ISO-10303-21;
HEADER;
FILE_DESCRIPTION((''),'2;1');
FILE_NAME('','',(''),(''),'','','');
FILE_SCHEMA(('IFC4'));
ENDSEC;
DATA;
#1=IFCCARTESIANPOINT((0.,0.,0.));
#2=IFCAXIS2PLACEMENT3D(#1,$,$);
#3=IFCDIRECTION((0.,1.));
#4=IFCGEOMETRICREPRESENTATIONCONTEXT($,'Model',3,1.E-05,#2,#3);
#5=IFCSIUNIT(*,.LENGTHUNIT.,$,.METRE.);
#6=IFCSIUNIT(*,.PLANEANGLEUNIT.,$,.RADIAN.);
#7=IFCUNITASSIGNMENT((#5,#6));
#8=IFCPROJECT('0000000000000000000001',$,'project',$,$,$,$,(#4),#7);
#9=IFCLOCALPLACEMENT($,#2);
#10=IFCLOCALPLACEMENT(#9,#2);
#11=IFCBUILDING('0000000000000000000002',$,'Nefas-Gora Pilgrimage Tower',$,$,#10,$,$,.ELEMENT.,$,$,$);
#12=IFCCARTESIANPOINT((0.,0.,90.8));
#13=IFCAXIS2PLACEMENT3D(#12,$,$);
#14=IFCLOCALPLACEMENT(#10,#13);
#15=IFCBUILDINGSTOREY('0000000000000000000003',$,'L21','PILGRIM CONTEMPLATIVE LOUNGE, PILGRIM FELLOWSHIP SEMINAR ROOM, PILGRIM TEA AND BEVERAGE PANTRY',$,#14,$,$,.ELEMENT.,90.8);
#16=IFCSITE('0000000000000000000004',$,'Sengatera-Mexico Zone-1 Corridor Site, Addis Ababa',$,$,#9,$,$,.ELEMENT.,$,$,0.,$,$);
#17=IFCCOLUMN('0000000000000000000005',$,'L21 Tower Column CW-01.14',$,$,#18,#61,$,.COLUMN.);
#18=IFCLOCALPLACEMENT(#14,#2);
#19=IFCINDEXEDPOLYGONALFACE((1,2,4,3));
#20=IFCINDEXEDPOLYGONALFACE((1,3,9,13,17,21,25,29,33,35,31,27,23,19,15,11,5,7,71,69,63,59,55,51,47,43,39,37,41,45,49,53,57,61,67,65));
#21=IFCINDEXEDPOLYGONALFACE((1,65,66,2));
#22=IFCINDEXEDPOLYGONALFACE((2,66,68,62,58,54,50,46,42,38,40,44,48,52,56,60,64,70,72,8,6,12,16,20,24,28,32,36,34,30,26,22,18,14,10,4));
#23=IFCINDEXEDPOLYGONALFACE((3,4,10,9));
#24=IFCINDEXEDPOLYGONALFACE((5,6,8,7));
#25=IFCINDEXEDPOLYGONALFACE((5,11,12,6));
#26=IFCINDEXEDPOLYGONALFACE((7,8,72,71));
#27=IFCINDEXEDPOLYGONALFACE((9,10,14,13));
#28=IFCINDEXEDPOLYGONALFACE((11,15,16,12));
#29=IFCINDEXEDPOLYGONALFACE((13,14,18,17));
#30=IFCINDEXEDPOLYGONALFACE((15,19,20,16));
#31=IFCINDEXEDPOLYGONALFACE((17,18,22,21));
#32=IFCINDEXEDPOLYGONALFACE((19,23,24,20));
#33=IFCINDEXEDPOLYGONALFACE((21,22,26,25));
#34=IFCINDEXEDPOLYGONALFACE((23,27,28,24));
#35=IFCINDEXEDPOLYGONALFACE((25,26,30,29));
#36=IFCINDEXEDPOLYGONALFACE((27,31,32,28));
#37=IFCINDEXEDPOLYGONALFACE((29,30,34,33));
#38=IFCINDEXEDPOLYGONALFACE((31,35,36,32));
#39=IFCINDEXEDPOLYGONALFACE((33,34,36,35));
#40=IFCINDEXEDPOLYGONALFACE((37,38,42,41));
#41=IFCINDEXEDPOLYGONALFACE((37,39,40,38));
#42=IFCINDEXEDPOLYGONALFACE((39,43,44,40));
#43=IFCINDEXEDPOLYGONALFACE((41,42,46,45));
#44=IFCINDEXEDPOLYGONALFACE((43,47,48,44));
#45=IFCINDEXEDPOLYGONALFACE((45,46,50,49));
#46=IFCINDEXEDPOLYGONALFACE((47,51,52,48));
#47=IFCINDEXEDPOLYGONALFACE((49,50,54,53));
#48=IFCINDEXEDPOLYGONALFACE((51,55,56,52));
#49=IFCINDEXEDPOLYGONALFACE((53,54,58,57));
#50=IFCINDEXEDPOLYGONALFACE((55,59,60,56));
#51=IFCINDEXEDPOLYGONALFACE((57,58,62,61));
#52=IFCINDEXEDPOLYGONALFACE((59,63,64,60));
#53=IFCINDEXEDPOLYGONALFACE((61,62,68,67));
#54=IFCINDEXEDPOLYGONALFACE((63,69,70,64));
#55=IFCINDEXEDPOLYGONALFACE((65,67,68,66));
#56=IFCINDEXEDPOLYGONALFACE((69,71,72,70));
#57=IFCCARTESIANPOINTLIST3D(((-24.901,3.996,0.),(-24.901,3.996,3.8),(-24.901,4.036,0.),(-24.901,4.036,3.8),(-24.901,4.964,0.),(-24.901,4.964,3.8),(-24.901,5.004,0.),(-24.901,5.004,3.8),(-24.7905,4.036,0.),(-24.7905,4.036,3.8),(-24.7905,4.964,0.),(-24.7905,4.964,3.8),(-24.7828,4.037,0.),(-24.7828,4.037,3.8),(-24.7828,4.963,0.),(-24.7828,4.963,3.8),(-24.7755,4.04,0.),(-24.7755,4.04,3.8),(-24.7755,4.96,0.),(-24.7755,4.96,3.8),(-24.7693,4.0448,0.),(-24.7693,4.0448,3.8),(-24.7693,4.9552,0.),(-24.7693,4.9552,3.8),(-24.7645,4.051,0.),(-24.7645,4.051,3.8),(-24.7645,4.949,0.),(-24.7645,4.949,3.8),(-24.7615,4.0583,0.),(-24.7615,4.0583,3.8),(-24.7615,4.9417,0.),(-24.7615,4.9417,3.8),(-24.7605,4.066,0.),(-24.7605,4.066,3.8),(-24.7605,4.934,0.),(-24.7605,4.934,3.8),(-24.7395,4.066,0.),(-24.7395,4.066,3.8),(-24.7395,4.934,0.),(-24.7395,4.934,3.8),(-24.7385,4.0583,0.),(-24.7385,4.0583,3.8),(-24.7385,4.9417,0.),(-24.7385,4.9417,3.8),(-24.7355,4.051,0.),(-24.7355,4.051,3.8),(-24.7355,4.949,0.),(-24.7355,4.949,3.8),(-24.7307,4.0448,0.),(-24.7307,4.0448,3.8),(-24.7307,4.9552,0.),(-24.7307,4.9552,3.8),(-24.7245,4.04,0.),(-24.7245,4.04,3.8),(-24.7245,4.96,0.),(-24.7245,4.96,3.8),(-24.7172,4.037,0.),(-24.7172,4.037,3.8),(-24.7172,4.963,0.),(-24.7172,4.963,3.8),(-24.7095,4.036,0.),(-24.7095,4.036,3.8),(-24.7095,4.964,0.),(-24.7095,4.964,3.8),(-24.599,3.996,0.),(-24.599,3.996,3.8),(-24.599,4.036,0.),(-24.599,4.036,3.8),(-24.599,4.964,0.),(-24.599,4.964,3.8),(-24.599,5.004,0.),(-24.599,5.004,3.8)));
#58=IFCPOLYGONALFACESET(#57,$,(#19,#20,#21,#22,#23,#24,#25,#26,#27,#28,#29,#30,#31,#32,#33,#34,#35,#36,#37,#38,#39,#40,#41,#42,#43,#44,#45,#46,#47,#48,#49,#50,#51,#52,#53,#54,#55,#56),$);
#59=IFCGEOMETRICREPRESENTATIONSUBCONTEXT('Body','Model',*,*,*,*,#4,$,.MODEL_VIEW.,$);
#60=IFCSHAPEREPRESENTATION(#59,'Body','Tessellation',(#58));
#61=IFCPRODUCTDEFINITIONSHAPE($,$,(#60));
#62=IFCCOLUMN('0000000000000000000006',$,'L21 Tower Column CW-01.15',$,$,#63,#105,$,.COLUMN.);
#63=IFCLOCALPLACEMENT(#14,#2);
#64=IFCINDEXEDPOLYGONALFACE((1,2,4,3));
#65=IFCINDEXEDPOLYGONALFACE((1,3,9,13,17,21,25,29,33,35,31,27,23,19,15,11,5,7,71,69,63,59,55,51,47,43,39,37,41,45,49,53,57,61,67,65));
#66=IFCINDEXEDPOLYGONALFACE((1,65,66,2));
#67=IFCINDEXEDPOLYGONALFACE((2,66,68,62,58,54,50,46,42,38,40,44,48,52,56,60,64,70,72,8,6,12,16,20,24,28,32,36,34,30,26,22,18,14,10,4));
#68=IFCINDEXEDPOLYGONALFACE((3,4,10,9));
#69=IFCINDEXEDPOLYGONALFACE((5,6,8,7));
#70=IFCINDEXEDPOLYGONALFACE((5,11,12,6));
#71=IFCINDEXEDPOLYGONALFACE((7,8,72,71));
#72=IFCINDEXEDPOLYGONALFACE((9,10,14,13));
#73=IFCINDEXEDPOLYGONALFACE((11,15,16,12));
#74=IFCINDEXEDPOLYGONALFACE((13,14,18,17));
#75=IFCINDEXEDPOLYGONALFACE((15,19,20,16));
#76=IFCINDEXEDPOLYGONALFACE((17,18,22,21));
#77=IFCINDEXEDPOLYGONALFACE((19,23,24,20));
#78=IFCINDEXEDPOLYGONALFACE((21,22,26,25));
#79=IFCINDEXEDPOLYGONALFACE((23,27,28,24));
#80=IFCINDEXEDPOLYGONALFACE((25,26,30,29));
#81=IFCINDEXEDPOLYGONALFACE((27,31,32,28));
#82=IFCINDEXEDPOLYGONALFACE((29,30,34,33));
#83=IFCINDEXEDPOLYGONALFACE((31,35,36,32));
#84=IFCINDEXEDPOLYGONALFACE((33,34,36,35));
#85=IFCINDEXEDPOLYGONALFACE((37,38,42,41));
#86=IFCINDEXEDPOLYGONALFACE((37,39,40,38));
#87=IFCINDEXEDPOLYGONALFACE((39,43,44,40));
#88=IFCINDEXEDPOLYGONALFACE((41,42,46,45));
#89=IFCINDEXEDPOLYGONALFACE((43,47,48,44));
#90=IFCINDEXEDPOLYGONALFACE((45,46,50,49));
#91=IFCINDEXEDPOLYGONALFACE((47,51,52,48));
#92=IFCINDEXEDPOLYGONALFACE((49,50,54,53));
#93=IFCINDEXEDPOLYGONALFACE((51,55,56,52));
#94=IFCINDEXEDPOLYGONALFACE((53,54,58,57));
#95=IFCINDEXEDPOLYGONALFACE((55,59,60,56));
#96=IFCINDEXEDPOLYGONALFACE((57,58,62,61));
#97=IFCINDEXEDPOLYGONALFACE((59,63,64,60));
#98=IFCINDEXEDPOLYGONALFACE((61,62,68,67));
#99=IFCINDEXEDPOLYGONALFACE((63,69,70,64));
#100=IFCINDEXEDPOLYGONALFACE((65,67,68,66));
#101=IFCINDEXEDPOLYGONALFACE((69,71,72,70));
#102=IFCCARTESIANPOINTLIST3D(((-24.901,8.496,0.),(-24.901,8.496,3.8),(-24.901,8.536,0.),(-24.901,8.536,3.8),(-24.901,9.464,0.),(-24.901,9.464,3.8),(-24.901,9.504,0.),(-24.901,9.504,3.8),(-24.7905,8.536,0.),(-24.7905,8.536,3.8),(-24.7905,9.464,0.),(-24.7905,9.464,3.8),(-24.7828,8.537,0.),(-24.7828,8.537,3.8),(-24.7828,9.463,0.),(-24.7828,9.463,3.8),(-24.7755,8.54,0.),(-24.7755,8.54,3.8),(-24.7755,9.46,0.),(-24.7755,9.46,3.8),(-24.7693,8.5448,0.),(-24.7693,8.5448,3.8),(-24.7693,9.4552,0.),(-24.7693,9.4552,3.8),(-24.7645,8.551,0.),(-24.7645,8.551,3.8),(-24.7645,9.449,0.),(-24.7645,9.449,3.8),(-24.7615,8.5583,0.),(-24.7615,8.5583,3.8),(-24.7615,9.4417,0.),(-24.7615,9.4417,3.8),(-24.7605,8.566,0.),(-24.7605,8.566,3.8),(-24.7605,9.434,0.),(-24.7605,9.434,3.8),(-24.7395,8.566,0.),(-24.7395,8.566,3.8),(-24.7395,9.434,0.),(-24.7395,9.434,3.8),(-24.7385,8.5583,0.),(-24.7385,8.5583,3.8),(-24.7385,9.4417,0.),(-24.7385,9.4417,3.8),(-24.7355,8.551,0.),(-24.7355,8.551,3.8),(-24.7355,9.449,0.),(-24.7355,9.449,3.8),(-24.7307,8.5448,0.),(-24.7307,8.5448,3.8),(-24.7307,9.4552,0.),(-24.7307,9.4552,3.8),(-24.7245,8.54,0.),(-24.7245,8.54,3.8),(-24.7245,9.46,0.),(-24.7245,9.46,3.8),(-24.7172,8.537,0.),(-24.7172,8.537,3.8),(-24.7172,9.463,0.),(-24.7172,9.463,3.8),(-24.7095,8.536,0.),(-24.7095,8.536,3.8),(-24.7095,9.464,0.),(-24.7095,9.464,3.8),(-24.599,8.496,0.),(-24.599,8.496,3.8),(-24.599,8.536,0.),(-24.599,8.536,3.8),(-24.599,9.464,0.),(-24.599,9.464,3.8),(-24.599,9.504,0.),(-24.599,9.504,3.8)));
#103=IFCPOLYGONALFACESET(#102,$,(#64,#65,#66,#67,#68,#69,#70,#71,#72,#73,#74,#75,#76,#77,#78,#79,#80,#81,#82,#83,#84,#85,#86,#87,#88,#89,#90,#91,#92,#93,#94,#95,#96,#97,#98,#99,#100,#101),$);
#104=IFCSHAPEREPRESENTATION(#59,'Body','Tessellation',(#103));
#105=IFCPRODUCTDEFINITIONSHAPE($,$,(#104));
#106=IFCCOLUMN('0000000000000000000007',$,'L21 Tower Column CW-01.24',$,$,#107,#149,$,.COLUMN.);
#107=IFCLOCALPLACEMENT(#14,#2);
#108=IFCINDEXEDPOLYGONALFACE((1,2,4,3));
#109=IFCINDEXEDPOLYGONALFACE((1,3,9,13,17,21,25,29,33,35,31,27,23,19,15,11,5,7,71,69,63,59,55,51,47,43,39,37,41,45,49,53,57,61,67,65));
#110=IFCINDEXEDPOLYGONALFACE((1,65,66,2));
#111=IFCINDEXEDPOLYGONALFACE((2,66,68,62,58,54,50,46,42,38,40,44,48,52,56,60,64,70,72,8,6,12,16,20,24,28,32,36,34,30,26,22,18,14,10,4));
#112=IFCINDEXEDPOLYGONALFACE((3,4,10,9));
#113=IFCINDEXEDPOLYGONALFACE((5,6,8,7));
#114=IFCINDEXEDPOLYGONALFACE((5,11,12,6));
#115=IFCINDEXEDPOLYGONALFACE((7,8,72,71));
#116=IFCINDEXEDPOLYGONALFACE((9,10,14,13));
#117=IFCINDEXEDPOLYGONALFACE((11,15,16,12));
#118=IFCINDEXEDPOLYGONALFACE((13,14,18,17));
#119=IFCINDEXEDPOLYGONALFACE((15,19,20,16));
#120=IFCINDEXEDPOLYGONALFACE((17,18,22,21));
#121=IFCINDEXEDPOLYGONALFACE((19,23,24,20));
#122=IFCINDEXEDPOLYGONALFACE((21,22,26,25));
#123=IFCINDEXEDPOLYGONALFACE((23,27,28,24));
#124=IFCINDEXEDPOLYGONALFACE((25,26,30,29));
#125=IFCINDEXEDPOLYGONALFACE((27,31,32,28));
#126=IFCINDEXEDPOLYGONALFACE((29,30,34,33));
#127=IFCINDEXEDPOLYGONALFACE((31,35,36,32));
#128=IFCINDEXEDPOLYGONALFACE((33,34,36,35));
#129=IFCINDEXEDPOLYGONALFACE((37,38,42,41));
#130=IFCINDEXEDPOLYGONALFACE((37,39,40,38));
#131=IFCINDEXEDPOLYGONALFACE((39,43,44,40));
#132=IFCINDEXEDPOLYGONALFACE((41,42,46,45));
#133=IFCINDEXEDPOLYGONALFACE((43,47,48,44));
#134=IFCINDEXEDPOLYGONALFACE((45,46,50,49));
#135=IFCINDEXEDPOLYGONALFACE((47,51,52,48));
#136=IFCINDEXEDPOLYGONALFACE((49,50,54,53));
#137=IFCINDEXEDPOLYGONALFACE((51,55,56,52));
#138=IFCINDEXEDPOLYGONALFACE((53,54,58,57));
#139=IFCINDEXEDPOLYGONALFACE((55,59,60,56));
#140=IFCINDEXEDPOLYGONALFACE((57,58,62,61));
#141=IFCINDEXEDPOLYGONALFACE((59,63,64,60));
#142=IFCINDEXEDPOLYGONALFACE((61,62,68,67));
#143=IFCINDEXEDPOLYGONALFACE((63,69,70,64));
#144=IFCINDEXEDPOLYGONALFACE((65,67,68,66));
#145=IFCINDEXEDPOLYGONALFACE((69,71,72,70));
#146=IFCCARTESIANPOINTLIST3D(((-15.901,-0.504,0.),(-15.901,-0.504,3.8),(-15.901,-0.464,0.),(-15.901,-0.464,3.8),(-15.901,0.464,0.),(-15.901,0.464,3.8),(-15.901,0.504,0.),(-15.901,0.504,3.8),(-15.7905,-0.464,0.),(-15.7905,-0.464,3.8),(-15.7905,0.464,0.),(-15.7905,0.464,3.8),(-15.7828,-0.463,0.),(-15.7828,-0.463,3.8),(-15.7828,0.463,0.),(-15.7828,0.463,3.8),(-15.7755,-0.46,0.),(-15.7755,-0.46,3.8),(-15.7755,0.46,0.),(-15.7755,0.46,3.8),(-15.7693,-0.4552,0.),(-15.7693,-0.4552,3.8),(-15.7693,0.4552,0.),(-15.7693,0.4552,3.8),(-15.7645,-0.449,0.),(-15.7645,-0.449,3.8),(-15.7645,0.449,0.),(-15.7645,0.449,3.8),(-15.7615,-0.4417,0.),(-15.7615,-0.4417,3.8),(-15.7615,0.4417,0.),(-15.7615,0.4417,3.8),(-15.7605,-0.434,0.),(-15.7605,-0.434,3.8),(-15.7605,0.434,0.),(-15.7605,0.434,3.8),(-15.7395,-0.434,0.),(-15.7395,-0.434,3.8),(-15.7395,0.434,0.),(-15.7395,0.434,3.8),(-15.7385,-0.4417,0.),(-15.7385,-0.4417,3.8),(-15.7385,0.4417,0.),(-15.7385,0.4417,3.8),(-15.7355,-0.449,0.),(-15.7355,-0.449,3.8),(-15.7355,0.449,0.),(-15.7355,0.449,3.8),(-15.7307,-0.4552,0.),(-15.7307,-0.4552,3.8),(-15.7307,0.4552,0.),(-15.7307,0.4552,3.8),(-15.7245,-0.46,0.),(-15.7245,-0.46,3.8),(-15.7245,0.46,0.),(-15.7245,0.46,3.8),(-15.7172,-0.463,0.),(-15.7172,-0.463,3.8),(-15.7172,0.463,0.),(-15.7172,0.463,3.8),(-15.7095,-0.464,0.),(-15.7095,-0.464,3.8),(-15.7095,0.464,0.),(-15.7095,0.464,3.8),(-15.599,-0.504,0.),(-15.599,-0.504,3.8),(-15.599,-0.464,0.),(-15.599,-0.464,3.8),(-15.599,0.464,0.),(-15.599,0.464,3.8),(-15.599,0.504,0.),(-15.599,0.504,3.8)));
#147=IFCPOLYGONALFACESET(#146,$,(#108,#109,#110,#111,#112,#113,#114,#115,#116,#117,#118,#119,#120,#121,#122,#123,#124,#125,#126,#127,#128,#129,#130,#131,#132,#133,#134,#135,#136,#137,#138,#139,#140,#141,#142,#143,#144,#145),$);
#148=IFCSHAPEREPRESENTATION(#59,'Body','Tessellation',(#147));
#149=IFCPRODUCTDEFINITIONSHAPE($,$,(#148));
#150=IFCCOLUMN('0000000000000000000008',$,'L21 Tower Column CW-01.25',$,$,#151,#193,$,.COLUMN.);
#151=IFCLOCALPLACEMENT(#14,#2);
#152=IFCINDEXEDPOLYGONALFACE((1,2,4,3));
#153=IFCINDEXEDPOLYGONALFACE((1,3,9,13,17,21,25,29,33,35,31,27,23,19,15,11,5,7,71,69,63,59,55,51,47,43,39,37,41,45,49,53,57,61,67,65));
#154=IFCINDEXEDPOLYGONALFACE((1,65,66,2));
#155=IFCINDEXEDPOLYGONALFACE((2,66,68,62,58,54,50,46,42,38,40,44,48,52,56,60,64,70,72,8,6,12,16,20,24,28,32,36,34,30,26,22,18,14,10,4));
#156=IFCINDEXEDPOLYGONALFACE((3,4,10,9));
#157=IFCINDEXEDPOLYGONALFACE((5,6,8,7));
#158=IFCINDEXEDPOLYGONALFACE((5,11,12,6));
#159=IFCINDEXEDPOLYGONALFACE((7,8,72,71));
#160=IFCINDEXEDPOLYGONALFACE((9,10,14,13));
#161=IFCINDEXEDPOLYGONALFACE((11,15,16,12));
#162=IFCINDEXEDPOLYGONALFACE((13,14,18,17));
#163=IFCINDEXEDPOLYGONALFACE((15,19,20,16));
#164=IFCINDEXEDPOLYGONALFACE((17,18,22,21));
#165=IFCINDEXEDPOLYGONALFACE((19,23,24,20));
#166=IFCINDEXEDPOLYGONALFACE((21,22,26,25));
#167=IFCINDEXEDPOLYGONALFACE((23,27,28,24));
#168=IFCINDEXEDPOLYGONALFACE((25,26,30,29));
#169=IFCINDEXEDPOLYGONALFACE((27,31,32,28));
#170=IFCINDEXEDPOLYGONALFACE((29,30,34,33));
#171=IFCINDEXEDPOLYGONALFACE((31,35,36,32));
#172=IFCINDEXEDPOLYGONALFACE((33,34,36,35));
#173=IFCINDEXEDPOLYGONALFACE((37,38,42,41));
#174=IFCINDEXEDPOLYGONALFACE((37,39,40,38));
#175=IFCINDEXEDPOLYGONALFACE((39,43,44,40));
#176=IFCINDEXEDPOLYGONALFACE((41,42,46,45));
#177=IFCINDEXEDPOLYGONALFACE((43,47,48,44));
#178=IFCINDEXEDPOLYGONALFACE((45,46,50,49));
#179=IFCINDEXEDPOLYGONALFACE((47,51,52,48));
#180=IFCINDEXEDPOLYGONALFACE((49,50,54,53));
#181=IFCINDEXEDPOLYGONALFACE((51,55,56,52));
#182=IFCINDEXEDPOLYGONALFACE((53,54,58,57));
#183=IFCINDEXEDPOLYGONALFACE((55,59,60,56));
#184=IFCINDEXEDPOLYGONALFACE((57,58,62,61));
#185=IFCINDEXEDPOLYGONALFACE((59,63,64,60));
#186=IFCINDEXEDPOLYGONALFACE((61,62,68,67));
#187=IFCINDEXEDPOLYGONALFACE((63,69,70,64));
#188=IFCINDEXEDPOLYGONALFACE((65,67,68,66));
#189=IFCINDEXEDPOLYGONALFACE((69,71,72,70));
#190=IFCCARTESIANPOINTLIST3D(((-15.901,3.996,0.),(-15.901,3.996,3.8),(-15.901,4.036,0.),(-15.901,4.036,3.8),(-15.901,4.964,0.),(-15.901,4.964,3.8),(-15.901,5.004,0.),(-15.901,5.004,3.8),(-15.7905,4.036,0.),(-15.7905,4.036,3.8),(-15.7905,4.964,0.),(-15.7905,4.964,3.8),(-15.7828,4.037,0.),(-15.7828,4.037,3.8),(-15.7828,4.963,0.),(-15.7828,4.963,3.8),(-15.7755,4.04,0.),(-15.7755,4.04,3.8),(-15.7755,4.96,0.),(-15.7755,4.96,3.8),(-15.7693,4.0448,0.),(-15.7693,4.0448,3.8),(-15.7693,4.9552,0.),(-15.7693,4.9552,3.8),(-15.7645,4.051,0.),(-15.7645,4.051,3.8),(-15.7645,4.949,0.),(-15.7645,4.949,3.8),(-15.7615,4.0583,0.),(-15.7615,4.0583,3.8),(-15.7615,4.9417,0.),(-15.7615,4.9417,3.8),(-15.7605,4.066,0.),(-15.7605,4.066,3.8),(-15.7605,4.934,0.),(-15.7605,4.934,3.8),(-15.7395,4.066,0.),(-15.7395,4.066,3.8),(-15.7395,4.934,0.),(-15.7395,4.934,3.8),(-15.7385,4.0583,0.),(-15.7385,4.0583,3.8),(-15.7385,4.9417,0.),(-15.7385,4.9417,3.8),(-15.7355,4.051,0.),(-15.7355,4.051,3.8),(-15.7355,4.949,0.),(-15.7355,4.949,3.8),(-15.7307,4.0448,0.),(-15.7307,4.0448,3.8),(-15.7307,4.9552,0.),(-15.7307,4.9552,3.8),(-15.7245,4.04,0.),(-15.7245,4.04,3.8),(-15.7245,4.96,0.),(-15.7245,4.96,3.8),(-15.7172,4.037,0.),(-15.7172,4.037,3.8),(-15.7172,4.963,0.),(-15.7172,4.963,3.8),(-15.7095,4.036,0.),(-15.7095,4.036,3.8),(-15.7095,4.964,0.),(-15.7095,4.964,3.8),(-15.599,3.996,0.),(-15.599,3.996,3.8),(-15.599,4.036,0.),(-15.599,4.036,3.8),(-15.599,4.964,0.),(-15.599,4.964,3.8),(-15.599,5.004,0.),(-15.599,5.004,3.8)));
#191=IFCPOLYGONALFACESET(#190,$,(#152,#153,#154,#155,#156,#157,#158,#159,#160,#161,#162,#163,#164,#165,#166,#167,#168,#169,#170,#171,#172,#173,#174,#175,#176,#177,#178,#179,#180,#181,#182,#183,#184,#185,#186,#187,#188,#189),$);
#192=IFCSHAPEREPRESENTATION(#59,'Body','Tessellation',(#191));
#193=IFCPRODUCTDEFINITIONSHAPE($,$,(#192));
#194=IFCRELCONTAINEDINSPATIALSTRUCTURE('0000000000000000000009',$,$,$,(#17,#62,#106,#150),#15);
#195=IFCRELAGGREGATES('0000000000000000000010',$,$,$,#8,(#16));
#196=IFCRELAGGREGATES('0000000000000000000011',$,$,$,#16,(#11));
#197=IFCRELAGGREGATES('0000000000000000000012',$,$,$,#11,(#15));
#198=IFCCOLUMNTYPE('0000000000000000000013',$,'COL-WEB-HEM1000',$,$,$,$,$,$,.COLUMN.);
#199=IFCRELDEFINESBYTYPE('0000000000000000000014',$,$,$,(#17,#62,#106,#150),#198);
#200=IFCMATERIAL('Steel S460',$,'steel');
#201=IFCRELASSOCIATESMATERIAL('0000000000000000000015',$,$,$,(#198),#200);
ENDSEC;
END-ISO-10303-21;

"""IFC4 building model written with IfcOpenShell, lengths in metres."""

from ifc_helpers import new_model, si_unit, direction, frame, origin, origin_2d, place, context, subcontext, project, spatial, i_section, extrude, source, transform, mapped, material, material_profile, profile_set, type_object, element, save


model = new_model("IFC4")

# Units and contexts
model_context = context("Model", 3, precision=1e-05, world=origin(), true_north=direction((0.0, 1.0)))
body_context = subcontext(model_context, "Body", "Model", "MODEL_VIEW")
ifc_project = project(units=[si_unit("LENGTHUNIT", "METRE"), si_unit("PLANEANGLEUNIT", "RADIAN")], contexts=[model_context])

# Site, building, storey
site_placement = place(None, origin())
site = spatial("IfcSite", under=ifc_project, at=site_placement, Name="Sengatera-Mexico Zone-1 Corridor Site, Addis Ababa", CompositionType="ELEMENT", RefElevation=0.0)
building_placement = place(site_placement, origin())
building = spatial("IfcBuilding", under=site, at=building_placement, Name="Nefas-Gora Pilgrimage Tower", CompositionType="ELEMENT")
storey_placement = place(building_placement, frame((0.0, 0.0, 90.8)))
storey = spatial("IfcBuildingStorey", under=building, at=storey_placement, Name="L21", Description="PILGRIM CONTEMPLATIVE LOUNGE, PILGRIM FELLOWSHIP SEMINAR ROOM, PILGRIM TEA AND BEVERAGE PANTRY", CompositionType="ELEMENT", Elevation=90.8)

# Columns
ifc_material_1 = material(Name="Steel S460", Category="steel")
ifc_material_profile_1 = material_profile(ifc_material_1, i_section(OverallWidth=0.302, OverallDepth=1.0081, WebThickness=0.021, FlangeThickness=0.04, FilletRadius=0.03, at=origin_2d()), Name="HEM 1000")
ifc_profile_set_1 = profile_set([ifc_material_profile_1], Name="Steel S460")
column_type_1 = type_object("IfcColumnType", Name="COL-WEB-HEM1000", PredefinedType="COLUMN", material=ifc_profile_set_1)
shared_shape_1 = source(origin(), body_context, "Body", "SweptSolid", [
    extrude(i_section(OverallWidth=0.302, OverallDepth=1.0081, WebThickness=0.021, FlangeThickness=0.04, FilletRadius=0.03, at=origin_2d()), origin(), (0.0, 0.0, 1.0), 3.8),
])
for number, where, z_axis, x_axis, name in (
    (1, (-24.75, 4.5, 0.0), (0.0, 0.0, 1.0), (1.0, 0.0, 0.0), "L21 Tower Column CW-01.14"),
    (2, (-24.75, 9.0, 0.0), (0.0, 0.0, 1.0), (1.0, 0.0, 0.0), "L21 Tower Column CW-01.15"),
    (3, (-15.75, 0.0, 0.0), (0.0, 0.0, 1.0), (1.0, 0.0, 0.0), "L21 Tower Column CW-01.24"),
    (4, (-15.75, 4.5, 0.0), (0.0, 0.0, 1.0), (1.0, 0.0, 0.0), "L21 Tower Column CW-01.25"),
):
    element("IfcColumn", number, at=place(storey_placement, frame(where, z_axis=z_axis, x_axis=x_axis)), inside=storey, type_object=column_type_1, Name=name, PredefinedType="COLUMN", context=body_context, shape_type="MappedRepresentation", body=[
        mapped(shared_shape_1, transform((0.0, 0.0, 0.0), x_axis=(1.0, 0.0, 0.0), y_axis=(0.0, 1.0, 0.0), z_axis=(0.0, 0.0, 1.0), scale=1.0)),
    ])

save(model, "model.ifc")
